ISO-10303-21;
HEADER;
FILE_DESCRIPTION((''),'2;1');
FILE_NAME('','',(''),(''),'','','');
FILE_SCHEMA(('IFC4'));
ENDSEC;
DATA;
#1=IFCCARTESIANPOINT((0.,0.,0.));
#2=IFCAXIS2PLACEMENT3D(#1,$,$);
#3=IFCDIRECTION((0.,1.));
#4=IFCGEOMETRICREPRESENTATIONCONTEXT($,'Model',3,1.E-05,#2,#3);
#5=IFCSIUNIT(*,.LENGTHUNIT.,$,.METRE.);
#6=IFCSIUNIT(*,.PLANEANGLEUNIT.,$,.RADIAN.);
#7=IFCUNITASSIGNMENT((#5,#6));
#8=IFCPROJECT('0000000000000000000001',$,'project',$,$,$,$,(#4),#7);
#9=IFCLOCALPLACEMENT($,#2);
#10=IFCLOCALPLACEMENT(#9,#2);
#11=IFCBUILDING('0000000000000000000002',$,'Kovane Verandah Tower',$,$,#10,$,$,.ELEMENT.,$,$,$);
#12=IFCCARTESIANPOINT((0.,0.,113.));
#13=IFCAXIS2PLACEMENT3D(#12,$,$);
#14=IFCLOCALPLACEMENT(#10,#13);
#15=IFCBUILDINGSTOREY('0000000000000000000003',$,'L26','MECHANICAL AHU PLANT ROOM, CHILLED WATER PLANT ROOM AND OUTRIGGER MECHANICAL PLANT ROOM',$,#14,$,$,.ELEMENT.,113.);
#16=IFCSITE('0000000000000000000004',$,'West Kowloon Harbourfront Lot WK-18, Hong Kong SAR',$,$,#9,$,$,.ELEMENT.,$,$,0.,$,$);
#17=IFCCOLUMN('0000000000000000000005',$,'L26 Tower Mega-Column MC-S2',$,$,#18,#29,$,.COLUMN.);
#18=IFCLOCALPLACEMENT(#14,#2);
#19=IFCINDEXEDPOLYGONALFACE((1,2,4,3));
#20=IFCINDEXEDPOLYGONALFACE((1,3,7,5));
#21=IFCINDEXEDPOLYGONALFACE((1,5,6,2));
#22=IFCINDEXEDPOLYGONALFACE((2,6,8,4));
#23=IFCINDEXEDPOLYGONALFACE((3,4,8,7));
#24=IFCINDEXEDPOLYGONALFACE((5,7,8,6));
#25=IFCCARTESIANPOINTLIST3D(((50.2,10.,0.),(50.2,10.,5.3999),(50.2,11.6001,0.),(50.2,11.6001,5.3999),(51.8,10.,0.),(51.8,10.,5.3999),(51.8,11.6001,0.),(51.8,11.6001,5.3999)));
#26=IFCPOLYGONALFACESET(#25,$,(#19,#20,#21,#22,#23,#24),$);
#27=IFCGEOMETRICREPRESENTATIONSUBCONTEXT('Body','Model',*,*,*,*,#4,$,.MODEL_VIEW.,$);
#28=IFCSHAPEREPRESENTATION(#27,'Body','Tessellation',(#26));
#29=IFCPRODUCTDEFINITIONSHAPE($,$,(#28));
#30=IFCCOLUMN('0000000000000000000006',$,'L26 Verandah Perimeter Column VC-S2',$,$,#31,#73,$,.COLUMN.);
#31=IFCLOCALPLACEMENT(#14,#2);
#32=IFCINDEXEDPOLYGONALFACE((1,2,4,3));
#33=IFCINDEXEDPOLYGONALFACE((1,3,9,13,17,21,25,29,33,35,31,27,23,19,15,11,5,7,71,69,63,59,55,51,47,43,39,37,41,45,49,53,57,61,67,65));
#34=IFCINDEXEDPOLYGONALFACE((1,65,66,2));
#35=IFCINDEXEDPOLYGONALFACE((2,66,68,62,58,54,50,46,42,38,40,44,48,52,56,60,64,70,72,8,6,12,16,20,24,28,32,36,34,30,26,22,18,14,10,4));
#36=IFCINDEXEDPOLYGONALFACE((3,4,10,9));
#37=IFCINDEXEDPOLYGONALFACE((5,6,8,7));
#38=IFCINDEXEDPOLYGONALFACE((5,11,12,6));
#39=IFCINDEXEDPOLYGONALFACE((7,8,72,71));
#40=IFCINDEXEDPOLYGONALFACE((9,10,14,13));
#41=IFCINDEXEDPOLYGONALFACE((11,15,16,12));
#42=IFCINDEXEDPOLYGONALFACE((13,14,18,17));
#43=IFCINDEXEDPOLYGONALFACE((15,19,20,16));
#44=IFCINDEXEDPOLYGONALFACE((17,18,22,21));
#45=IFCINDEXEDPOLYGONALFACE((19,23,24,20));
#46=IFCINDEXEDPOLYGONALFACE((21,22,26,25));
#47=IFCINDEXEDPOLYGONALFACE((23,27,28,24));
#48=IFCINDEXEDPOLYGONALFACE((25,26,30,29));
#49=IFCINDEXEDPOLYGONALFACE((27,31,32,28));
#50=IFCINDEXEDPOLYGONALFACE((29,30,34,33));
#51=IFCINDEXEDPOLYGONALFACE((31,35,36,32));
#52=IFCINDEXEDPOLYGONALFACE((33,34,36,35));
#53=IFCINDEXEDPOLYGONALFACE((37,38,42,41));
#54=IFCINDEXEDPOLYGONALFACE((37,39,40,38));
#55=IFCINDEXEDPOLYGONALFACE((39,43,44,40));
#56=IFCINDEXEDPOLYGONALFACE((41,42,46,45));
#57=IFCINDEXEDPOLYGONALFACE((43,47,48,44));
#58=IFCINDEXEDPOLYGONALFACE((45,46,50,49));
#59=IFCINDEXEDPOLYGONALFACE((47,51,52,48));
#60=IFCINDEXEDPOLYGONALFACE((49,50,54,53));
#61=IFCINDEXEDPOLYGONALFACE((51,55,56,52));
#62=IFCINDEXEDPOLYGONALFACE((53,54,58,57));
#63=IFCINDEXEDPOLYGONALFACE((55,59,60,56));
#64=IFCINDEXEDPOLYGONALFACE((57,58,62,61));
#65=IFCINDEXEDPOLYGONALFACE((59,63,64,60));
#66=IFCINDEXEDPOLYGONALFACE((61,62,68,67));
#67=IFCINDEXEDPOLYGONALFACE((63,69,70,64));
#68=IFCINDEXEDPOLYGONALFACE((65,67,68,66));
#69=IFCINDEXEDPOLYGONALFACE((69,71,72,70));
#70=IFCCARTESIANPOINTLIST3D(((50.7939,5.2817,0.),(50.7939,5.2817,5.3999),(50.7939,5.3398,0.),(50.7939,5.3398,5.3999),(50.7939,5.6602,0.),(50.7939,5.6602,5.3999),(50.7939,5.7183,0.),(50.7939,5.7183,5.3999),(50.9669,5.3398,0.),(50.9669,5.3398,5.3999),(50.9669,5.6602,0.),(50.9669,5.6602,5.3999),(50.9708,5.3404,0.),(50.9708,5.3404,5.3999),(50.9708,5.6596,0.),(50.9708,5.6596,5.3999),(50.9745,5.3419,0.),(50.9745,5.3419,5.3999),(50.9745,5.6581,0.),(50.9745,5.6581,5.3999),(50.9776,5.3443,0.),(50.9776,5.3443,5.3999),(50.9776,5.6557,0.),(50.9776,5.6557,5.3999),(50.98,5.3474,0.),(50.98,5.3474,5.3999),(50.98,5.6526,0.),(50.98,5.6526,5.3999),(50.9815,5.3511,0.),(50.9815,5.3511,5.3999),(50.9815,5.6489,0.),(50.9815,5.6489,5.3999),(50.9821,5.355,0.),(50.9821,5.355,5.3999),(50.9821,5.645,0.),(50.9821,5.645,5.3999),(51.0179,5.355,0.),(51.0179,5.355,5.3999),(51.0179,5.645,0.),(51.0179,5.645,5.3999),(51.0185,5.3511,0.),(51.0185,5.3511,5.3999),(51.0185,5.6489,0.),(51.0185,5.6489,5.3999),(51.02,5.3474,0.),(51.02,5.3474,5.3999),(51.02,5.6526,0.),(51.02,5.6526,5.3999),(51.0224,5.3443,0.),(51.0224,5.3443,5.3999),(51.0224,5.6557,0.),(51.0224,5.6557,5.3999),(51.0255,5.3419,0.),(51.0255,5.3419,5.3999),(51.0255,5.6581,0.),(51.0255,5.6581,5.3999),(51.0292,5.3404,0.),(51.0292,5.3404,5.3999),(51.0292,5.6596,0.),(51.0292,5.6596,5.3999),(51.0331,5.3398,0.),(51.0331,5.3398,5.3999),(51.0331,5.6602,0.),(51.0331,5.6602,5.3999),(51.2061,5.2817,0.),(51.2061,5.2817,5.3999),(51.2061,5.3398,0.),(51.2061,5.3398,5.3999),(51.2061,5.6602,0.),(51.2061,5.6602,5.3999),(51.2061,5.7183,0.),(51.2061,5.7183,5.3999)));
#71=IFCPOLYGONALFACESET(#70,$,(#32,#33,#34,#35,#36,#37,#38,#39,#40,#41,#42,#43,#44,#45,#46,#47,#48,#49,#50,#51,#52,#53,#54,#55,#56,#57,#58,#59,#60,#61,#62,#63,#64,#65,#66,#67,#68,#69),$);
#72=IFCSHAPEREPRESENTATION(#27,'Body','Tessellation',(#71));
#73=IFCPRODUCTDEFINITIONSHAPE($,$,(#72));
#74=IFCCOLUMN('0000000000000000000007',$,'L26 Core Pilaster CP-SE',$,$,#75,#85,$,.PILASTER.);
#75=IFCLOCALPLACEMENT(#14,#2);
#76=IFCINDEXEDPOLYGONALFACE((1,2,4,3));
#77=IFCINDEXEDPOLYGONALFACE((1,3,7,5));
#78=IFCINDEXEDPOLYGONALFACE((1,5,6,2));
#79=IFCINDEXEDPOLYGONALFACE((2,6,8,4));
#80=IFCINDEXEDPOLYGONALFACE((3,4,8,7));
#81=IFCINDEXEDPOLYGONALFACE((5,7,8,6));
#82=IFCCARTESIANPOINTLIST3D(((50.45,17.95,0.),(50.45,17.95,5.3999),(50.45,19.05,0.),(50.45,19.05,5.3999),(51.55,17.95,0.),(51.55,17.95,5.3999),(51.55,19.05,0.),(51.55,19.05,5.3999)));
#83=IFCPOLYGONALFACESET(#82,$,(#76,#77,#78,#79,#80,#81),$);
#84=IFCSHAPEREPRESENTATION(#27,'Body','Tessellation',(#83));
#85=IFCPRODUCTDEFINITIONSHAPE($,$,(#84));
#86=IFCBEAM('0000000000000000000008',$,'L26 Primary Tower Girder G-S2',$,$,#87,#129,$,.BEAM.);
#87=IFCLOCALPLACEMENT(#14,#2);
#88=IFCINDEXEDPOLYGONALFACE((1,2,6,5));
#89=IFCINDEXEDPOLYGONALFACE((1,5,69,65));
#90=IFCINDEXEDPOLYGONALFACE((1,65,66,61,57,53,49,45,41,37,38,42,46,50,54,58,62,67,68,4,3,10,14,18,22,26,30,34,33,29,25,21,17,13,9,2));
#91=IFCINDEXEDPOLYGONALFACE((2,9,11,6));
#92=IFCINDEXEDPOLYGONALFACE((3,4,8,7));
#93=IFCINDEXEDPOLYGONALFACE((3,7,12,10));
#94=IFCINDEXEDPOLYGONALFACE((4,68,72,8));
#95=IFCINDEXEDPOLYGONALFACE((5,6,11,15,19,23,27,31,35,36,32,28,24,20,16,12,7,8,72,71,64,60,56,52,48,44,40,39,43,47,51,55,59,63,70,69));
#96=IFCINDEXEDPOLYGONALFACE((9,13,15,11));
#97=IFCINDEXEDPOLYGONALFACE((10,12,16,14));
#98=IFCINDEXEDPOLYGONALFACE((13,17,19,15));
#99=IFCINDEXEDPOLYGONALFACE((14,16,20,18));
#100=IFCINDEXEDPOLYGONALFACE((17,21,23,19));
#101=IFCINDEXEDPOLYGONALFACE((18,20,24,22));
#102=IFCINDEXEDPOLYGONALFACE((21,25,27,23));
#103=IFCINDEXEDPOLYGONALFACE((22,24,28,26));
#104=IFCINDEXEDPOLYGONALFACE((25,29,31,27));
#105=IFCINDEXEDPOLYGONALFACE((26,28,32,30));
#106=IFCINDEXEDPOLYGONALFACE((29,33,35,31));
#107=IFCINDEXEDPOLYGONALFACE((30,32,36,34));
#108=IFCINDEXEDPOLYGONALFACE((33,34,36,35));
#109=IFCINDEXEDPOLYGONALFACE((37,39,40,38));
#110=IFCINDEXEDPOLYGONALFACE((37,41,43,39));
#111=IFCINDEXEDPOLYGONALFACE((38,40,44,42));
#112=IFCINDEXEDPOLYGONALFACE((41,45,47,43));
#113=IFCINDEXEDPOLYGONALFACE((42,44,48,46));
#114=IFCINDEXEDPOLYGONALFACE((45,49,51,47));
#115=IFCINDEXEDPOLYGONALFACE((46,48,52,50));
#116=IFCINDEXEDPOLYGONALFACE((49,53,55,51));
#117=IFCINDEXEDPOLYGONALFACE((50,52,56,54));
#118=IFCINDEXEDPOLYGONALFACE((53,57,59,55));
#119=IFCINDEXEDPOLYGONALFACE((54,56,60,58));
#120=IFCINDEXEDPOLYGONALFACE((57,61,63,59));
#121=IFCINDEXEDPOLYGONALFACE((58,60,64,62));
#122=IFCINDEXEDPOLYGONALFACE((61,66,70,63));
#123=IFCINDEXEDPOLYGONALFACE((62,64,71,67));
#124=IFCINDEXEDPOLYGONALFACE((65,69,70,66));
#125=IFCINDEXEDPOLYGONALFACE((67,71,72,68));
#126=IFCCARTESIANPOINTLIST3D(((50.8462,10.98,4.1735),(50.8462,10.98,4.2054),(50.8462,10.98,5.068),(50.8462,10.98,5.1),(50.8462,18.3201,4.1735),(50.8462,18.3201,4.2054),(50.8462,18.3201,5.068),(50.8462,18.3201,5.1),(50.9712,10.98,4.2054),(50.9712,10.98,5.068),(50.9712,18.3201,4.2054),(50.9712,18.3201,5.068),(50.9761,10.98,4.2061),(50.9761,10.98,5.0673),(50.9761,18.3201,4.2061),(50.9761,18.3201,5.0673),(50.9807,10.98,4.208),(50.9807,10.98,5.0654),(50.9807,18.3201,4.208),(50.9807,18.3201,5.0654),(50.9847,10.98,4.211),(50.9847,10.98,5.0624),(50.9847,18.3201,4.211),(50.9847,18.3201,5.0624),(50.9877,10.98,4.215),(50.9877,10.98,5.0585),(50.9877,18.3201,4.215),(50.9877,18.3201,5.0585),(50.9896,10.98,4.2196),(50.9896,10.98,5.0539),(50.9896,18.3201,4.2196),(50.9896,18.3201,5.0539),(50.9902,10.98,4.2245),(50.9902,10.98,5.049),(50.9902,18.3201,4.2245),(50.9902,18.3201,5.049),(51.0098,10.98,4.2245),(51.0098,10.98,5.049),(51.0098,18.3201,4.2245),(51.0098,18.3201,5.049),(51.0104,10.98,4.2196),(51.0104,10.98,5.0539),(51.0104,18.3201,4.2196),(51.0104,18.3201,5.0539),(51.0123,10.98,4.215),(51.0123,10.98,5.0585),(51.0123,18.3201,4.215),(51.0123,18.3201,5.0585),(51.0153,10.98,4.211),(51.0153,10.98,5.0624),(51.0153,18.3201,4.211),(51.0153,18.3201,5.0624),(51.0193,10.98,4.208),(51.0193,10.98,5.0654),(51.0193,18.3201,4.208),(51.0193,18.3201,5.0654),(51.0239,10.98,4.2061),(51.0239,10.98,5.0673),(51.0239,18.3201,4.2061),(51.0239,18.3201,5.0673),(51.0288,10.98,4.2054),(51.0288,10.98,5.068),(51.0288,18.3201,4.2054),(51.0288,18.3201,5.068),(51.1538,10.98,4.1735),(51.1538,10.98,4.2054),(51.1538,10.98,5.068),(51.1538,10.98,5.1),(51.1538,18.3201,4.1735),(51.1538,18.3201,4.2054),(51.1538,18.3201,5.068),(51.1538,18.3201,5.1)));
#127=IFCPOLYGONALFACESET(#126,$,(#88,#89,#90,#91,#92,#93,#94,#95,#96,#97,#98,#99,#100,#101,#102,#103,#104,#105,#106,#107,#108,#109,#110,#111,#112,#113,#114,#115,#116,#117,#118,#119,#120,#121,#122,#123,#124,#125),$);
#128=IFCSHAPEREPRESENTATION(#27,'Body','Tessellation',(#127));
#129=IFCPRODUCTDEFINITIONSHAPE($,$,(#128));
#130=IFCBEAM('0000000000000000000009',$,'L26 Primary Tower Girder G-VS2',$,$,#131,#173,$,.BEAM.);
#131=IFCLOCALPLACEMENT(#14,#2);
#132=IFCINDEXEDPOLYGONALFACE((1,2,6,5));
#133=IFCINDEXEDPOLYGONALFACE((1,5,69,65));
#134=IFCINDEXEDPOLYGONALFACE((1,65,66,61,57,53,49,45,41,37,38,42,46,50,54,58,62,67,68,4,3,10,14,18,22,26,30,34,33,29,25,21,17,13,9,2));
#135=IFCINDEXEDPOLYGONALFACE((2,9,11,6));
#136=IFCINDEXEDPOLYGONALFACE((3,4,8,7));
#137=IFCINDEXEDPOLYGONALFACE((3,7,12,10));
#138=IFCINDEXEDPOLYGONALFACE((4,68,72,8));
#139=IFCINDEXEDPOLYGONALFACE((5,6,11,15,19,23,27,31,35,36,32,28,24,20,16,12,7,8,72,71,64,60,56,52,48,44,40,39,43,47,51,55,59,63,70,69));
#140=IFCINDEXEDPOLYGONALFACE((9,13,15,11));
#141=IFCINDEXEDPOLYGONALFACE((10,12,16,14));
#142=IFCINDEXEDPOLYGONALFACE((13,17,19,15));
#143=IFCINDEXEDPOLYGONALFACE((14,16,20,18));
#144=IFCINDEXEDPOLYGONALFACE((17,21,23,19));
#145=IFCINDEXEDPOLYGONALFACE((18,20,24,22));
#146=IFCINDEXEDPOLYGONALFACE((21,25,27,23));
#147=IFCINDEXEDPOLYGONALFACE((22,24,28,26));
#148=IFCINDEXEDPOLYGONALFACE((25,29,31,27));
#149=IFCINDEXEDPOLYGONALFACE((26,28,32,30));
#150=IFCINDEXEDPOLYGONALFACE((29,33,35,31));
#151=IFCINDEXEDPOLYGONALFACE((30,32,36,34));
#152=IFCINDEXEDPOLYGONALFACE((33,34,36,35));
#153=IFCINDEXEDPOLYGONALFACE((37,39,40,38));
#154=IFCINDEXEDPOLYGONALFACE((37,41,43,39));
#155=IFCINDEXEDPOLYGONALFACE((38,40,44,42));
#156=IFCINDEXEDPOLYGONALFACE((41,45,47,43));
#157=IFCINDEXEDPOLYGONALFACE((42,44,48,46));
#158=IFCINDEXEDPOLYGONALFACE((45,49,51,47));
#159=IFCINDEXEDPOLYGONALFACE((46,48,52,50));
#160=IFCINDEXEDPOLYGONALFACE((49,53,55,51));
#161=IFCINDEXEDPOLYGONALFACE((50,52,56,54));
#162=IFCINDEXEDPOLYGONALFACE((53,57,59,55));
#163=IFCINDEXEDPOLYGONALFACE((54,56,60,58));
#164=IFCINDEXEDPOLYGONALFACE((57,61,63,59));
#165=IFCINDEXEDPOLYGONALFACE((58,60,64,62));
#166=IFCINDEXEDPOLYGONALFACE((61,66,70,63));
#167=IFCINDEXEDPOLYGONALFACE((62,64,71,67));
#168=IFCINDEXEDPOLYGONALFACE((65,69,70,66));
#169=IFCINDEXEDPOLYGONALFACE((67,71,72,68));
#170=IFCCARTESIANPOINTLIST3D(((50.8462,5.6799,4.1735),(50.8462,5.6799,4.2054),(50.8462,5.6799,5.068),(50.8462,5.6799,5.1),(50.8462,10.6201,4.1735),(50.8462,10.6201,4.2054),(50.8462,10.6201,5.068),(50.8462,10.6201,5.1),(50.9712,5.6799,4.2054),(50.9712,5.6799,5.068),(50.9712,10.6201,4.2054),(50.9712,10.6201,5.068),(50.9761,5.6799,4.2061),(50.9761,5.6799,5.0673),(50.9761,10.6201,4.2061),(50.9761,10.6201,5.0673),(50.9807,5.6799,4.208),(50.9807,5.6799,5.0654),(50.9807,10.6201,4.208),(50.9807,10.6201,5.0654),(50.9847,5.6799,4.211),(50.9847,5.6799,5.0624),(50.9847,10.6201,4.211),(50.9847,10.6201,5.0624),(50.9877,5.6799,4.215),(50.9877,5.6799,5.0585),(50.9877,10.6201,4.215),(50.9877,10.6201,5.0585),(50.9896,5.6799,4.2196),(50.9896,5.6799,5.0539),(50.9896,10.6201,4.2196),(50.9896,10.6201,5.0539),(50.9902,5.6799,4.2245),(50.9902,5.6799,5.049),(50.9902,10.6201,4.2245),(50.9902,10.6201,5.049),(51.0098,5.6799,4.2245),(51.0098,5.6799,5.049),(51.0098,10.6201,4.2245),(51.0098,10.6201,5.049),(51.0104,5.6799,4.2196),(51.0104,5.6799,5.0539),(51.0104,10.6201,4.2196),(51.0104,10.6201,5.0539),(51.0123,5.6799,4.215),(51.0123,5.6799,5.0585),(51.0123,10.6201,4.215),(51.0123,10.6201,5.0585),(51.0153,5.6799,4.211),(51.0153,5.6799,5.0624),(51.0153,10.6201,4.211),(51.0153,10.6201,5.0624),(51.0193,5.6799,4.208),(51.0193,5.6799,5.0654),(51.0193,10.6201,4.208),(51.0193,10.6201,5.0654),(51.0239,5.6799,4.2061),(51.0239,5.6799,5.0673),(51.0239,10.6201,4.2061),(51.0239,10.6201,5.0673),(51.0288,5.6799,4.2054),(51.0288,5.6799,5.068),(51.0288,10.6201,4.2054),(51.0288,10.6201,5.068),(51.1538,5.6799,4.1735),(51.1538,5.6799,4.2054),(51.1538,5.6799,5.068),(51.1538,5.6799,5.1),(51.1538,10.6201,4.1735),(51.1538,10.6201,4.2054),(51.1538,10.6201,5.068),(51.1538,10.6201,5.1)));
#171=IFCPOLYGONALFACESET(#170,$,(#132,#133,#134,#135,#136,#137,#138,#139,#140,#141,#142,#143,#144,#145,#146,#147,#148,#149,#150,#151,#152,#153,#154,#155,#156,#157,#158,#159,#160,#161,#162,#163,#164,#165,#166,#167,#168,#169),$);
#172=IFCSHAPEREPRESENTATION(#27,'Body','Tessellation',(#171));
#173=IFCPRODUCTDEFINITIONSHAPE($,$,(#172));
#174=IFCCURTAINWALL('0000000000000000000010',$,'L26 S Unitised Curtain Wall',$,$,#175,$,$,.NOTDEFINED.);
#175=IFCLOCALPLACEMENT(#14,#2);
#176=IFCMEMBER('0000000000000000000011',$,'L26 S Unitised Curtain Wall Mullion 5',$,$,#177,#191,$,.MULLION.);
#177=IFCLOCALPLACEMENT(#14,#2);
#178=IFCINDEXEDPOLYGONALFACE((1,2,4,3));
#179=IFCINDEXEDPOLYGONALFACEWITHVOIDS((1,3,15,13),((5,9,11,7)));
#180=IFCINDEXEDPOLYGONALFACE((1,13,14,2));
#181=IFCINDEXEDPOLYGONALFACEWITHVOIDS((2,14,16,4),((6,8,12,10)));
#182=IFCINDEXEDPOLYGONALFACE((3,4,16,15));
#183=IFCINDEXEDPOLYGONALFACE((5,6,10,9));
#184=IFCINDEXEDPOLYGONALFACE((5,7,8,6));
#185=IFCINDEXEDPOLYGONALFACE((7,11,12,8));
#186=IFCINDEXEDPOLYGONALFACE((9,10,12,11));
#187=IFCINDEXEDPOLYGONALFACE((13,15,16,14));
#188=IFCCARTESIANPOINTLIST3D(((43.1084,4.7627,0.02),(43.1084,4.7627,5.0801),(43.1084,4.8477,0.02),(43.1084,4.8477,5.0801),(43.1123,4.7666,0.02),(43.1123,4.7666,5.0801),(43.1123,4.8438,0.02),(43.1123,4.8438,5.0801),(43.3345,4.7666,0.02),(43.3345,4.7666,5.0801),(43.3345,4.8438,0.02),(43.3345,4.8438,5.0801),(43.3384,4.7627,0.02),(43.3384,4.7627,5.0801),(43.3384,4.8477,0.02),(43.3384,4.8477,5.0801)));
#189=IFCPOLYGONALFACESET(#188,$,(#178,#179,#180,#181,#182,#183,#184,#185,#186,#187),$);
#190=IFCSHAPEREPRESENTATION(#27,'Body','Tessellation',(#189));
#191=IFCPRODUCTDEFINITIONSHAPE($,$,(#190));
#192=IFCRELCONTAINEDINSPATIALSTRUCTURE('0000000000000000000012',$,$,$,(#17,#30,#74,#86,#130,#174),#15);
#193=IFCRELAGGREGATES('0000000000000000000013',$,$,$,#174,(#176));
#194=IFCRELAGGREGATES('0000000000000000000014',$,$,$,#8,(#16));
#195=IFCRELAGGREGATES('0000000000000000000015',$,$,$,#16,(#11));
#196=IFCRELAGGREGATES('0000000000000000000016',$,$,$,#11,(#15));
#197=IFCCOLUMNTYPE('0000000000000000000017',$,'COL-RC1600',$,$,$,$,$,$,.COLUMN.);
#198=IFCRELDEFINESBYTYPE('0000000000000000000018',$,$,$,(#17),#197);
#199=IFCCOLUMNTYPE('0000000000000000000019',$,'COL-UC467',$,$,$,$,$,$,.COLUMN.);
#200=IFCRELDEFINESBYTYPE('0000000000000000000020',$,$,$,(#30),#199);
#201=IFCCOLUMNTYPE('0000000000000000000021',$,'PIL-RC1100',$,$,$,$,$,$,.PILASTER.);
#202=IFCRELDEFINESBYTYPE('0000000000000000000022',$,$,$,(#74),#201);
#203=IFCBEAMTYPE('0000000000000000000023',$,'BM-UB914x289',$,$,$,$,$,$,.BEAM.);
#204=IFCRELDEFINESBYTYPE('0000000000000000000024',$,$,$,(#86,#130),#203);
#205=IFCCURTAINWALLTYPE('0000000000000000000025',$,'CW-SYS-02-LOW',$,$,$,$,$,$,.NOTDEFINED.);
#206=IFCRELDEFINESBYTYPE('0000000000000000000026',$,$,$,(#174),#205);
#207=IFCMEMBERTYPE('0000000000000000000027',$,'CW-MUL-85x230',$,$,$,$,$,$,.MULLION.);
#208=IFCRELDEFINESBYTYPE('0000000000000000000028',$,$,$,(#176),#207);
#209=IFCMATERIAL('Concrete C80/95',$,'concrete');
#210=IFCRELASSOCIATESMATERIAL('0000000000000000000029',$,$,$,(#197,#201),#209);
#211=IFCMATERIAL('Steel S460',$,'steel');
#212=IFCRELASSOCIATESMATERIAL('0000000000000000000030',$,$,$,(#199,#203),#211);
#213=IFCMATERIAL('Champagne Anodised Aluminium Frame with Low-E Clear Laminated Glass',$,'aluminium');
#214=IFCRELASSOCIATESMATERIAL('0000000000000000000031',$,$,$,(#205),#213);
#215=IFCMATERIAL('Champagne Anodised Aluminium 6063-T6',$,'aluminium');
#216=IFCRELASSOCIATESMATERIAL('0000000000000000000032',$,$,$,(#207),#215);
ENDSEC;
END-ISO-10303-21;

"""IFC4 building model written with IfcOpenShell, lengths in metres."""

from ifc_helpers import new_model, si_unit, direction, frame, origin, origin_2d, place, context, subcontext, project, spatial, rectangle, hollow_rectangle, i_section, extrude, material, material_profile, profile_set, type_object, element, aggregate, save


model = new_model("IFC4")

# Units and contexts
model_context = context("Model", 3, precision=1e-05, world=origin(), true_north=direction((0.0, 1.0)))
body_context = subcontext(model_context, "Body", "Model", "MODEL_VIEW")
ifc_project = project(units=[si_unit("LENGTHUNIT", "METRE"), si_unit("PLANEANGLEUNIT", "RADIAN")], contexts=[model_context])

# Site, building, storey
site_placement = place(None, origin())
site = spatial("IfcSite", under=ifc_project, at=site_placement, Name="West Kowloon Harbourfront Lot WK-18, Hong Kong SAR", CompositionType="ELEMENT", RefElevation=0.0)
building_placement = place(site_placement, origin())
building = spatial("IfcBuilding", under=site, at=building_placement, Name="Kovane Verandah Tower", CompositionType="ELEMENT")
storey_placement = place(building_placement, frame((0.0, 0.0, 113.0)))
storey = spatial("IfcBuildingStorey", under=building, at=storey_placement, Name="L26", Description="MECHANICAL AHU PLANT ROOM, CHILLED WATER PLANT ROOM AND OUTRIGGER MECHANICAL PLANT ROOM", CompositionType="ELEMENT", Elevation=113.0)

# Columns
ifc_material_1 = material(Name="Concrete C80/95", Category="concrete")
ifc_material_profile_1 = material_profile(ifc_material_1, rectangle(XDim=1.6001, YDim=1.6001, at=origin_2d()), Name="RC1600x1600")
ifc_profile_set_1 = profile_set([ifc_material_profile_1], Name="Concrete C80/95")
column_type_1 = type_object("IfcColumnType", Name="COL-RC1600", PredefinedType="COLUMN", material=ifc_profile_set_1)
column_1_placement = place(storey_placement, frame((51.0, 10.8, 0.0), z_axis=(0.0, 0.0, 1.0), x_axis=(1.0, 0.0, 0.0)))
element("IfcColumn", 1, at=column_1_placement, inside=storey, type_object=column_type_1, Name="L26 Tower Mega-Column MC-S2", PredefinedType="COLUMN", context=body_context, shape_type="SweptSolid", body=[
    extrude(rectangle(XDim=1.6001, YDim=1.6001, at=origin_2d()), origin(), (0.0, 0.0, 1.0), 5.3999),
])
ifc_material_2 = material(Name="Steel S460", Category="steel")
ifc_material_profile_2 = material_profile(ifc_material_2, i_section(OverallWidth=0.4121, OverallDepth=0.4365, WebThickness=0.0359, FlangeThickness=0.0581, FilletRadius=0.0151, at=origin_2d()), Name="UC356x406x467")
ifc_profile_set_2 = profile_set([ifc_material_profile_2], Name="Steel S460")
column_type_2 = type_object("IfcColumnType", Name="COL-UC467", PredefinedType="COLUMN", material=ifc_profile_set_2)
column_2_placement = place(storey_placement, frame((51.0, 5.5, 0.0), z_axis=(0.0, 0.0, 1.0), x_axis=(1.0, 0.0, 0.0)))
element("IfcColumn", 2, at=column_2_placement, inside=storey, type_object=column_type_2, Name="L26 Verandah Perimeter Column VC-S2", PredefinedType="COLUMN", context=body_context, shape_type="SweptSolid", body=[
    extrude(i_section(OverallWidth=0.4121, OverallDepth=0.4365, WebThickness=0.0359, FlangeThickness=0.0581, FilletRadius=0.0151, at=origin_2d()), origin(), (0.0, 0.0, 1.0), 5.3999),
])
ifc_material_profile_3 = material_profile(ifc_material_1, rectangle(XDim=1.1001, YDim=1.1001, at=origin_2d()), Name="RC1100x1100")
ifc_profile_set_3 = profile_set([ifc_material_profile_3], Name="Concrete C80/95")
column_type_3 = type_object("IfcColumnType", Name="PIL-RC1100", PredefinedType="PILASTER", material=ifc_profile_set_3)
column_3_placement = place(storey_placement, frame((51.0, 18.5, 0.0), z_axis=(0.0, 0.0, 1.0), x_axis=(1.0, 0.0, 0.0)))
element("IfcColumn", 3, at=column_3_placement, inside=storey, type_object=column_type_3, Name="L26 Core Pilaster CP-SE", PredefinedType="PILASTER", context=body_context, shape_type="SweptSolid", body=[
    extrude(rectangle(XDim=1.1001, YDim=1.1001, at=origin_2d()), origin(), (0.0, 0.0, 1.0), 5.3999),
])

# Beams
ifc_material_profile_4 = material_profile(ifc_material_2, i_section(OverallWidth=0.3076, OverallDepth=0.9265, WebThickness=0.0195, FlangeThickness=0.032, FilletRadius=0.019, at=origin_2d()), Name="UB914x305x289")
ifc_profile_set_4 = profile_set([ifc_material_profile_4], Name="Steel S460")
beam_type = type_object("IfcBeamType", Name="BM-UB914x289", PredefinedType="BEAM", material=ifc_profile_set_4)
beam_1_placement = place(storey_placement, frame((51.0, 18.3201, 4.6367), z_axis=(0.0, -1.0, 0.0), x_axis=(1.0, 0.0, 0.0)))
element("IfcBeam", 4, at=beam_1_placement, inside=storey, type_object=beam_type, Name="L26 Primary Tower Girder G-S2", PredefinedType="BEAM", context=body_context, shape_type="SweptSolid", body=[
    extrude(i_section(OverallWidth=0.3076, OverallDepth=0.9265, WebThickness=0.0195, FlangeThickness=0.032, FilletRadius=0.019, at=origin_2d()), origin(), (0.0, 0.0, 1.0), 7.3401),
])
beam_2_placement = place(storey_placement, frame((51.0, 10.6201, 4.6367), z_axis=(0.0, -1.0, 0.0), x_axis=(1.0, 0.0, 0.0)))
element("IfcBeam", 5, at=beam_2_placement, inside=storey, type_object=beam_type, Name="L26 Primary Tower Girder G-VS2", PredefinedType="BEAM", context=body_context, shape_type="SweptSolid", body=[
    extrude(i_section(OverallWidth=0.3076, OverallDepth=0.9265, WebThickness=0.0195, FlangeThickness=0.032, FilletRadius=0.019, at=origin_2d()), origin(), (0.0, 0.0, 1.0), 4.9402),
])

# Curtain wall, member
ifc_material_3 = material(Name="Champagne Anodised Aluminium Frame with Low-E Clear Laminated Glass", Category="aluminium")
curtain_wall_type = type_object("IfcCurtainWallType", Name="CW-SYS-02-LOW", PredefinedType="NOTDEFINED", material=ifc_material_3)
curtain_wall_placement = place(storey_placement, origin())
curtain_wall = element("IfcCurtainWall", 6, at=curtain_wall_placement, inside=storey, type_object=curtain_wall_type, Name="L26 S Unitised Curtain Wall", PredefinedType="NOTDEFINED")
ifc_material_4 = material(Name="Champagne Anodised Aluminium 6063-T6", Category="aluminium")
ifc_material_profile_5 = material_profile(ifc_material_4, hollow_rectangle(XDim=0.085, YDim=0.23, WallThickness=0.0039, at=origin_2d()), Name="AL85x230x4")
ifc_profile_set_5 = profile_set([ifc_material_profile_5], Name="Champagne Anodised Aluminium 6063-T6")
member_type_1 = type_object("IfcMemberType", Name="CW-MUL-85x230", PredefinedType="MULLION", material=ifc_profile_set_5)
member_1_placement = place(storey_placement, frame((43.2234, 4.8052, 0.02), z_axis=(0.0, 0.0, 1.0), x_axis=(0.0, -1.0, 0.0)))
member_1 = element("IfcMember", 7, at=member_1_placement, type_object=member_type_1, Name="L26 S Unitised Curtain Wall Mullion 5", PredefinedType="MULLION", context=body_context, shape_type="SweptSolid", body=[
    extrude(hollow_rectangle(XDim=0.085, YDim=0.23, WallThickness=0.0039, at=origin_2d()), origin(), (0.0, 0.0, 1.0), 5.0601),
])

aggregate(curtain_wall, [member_1])

save(model, "model.ifc")
